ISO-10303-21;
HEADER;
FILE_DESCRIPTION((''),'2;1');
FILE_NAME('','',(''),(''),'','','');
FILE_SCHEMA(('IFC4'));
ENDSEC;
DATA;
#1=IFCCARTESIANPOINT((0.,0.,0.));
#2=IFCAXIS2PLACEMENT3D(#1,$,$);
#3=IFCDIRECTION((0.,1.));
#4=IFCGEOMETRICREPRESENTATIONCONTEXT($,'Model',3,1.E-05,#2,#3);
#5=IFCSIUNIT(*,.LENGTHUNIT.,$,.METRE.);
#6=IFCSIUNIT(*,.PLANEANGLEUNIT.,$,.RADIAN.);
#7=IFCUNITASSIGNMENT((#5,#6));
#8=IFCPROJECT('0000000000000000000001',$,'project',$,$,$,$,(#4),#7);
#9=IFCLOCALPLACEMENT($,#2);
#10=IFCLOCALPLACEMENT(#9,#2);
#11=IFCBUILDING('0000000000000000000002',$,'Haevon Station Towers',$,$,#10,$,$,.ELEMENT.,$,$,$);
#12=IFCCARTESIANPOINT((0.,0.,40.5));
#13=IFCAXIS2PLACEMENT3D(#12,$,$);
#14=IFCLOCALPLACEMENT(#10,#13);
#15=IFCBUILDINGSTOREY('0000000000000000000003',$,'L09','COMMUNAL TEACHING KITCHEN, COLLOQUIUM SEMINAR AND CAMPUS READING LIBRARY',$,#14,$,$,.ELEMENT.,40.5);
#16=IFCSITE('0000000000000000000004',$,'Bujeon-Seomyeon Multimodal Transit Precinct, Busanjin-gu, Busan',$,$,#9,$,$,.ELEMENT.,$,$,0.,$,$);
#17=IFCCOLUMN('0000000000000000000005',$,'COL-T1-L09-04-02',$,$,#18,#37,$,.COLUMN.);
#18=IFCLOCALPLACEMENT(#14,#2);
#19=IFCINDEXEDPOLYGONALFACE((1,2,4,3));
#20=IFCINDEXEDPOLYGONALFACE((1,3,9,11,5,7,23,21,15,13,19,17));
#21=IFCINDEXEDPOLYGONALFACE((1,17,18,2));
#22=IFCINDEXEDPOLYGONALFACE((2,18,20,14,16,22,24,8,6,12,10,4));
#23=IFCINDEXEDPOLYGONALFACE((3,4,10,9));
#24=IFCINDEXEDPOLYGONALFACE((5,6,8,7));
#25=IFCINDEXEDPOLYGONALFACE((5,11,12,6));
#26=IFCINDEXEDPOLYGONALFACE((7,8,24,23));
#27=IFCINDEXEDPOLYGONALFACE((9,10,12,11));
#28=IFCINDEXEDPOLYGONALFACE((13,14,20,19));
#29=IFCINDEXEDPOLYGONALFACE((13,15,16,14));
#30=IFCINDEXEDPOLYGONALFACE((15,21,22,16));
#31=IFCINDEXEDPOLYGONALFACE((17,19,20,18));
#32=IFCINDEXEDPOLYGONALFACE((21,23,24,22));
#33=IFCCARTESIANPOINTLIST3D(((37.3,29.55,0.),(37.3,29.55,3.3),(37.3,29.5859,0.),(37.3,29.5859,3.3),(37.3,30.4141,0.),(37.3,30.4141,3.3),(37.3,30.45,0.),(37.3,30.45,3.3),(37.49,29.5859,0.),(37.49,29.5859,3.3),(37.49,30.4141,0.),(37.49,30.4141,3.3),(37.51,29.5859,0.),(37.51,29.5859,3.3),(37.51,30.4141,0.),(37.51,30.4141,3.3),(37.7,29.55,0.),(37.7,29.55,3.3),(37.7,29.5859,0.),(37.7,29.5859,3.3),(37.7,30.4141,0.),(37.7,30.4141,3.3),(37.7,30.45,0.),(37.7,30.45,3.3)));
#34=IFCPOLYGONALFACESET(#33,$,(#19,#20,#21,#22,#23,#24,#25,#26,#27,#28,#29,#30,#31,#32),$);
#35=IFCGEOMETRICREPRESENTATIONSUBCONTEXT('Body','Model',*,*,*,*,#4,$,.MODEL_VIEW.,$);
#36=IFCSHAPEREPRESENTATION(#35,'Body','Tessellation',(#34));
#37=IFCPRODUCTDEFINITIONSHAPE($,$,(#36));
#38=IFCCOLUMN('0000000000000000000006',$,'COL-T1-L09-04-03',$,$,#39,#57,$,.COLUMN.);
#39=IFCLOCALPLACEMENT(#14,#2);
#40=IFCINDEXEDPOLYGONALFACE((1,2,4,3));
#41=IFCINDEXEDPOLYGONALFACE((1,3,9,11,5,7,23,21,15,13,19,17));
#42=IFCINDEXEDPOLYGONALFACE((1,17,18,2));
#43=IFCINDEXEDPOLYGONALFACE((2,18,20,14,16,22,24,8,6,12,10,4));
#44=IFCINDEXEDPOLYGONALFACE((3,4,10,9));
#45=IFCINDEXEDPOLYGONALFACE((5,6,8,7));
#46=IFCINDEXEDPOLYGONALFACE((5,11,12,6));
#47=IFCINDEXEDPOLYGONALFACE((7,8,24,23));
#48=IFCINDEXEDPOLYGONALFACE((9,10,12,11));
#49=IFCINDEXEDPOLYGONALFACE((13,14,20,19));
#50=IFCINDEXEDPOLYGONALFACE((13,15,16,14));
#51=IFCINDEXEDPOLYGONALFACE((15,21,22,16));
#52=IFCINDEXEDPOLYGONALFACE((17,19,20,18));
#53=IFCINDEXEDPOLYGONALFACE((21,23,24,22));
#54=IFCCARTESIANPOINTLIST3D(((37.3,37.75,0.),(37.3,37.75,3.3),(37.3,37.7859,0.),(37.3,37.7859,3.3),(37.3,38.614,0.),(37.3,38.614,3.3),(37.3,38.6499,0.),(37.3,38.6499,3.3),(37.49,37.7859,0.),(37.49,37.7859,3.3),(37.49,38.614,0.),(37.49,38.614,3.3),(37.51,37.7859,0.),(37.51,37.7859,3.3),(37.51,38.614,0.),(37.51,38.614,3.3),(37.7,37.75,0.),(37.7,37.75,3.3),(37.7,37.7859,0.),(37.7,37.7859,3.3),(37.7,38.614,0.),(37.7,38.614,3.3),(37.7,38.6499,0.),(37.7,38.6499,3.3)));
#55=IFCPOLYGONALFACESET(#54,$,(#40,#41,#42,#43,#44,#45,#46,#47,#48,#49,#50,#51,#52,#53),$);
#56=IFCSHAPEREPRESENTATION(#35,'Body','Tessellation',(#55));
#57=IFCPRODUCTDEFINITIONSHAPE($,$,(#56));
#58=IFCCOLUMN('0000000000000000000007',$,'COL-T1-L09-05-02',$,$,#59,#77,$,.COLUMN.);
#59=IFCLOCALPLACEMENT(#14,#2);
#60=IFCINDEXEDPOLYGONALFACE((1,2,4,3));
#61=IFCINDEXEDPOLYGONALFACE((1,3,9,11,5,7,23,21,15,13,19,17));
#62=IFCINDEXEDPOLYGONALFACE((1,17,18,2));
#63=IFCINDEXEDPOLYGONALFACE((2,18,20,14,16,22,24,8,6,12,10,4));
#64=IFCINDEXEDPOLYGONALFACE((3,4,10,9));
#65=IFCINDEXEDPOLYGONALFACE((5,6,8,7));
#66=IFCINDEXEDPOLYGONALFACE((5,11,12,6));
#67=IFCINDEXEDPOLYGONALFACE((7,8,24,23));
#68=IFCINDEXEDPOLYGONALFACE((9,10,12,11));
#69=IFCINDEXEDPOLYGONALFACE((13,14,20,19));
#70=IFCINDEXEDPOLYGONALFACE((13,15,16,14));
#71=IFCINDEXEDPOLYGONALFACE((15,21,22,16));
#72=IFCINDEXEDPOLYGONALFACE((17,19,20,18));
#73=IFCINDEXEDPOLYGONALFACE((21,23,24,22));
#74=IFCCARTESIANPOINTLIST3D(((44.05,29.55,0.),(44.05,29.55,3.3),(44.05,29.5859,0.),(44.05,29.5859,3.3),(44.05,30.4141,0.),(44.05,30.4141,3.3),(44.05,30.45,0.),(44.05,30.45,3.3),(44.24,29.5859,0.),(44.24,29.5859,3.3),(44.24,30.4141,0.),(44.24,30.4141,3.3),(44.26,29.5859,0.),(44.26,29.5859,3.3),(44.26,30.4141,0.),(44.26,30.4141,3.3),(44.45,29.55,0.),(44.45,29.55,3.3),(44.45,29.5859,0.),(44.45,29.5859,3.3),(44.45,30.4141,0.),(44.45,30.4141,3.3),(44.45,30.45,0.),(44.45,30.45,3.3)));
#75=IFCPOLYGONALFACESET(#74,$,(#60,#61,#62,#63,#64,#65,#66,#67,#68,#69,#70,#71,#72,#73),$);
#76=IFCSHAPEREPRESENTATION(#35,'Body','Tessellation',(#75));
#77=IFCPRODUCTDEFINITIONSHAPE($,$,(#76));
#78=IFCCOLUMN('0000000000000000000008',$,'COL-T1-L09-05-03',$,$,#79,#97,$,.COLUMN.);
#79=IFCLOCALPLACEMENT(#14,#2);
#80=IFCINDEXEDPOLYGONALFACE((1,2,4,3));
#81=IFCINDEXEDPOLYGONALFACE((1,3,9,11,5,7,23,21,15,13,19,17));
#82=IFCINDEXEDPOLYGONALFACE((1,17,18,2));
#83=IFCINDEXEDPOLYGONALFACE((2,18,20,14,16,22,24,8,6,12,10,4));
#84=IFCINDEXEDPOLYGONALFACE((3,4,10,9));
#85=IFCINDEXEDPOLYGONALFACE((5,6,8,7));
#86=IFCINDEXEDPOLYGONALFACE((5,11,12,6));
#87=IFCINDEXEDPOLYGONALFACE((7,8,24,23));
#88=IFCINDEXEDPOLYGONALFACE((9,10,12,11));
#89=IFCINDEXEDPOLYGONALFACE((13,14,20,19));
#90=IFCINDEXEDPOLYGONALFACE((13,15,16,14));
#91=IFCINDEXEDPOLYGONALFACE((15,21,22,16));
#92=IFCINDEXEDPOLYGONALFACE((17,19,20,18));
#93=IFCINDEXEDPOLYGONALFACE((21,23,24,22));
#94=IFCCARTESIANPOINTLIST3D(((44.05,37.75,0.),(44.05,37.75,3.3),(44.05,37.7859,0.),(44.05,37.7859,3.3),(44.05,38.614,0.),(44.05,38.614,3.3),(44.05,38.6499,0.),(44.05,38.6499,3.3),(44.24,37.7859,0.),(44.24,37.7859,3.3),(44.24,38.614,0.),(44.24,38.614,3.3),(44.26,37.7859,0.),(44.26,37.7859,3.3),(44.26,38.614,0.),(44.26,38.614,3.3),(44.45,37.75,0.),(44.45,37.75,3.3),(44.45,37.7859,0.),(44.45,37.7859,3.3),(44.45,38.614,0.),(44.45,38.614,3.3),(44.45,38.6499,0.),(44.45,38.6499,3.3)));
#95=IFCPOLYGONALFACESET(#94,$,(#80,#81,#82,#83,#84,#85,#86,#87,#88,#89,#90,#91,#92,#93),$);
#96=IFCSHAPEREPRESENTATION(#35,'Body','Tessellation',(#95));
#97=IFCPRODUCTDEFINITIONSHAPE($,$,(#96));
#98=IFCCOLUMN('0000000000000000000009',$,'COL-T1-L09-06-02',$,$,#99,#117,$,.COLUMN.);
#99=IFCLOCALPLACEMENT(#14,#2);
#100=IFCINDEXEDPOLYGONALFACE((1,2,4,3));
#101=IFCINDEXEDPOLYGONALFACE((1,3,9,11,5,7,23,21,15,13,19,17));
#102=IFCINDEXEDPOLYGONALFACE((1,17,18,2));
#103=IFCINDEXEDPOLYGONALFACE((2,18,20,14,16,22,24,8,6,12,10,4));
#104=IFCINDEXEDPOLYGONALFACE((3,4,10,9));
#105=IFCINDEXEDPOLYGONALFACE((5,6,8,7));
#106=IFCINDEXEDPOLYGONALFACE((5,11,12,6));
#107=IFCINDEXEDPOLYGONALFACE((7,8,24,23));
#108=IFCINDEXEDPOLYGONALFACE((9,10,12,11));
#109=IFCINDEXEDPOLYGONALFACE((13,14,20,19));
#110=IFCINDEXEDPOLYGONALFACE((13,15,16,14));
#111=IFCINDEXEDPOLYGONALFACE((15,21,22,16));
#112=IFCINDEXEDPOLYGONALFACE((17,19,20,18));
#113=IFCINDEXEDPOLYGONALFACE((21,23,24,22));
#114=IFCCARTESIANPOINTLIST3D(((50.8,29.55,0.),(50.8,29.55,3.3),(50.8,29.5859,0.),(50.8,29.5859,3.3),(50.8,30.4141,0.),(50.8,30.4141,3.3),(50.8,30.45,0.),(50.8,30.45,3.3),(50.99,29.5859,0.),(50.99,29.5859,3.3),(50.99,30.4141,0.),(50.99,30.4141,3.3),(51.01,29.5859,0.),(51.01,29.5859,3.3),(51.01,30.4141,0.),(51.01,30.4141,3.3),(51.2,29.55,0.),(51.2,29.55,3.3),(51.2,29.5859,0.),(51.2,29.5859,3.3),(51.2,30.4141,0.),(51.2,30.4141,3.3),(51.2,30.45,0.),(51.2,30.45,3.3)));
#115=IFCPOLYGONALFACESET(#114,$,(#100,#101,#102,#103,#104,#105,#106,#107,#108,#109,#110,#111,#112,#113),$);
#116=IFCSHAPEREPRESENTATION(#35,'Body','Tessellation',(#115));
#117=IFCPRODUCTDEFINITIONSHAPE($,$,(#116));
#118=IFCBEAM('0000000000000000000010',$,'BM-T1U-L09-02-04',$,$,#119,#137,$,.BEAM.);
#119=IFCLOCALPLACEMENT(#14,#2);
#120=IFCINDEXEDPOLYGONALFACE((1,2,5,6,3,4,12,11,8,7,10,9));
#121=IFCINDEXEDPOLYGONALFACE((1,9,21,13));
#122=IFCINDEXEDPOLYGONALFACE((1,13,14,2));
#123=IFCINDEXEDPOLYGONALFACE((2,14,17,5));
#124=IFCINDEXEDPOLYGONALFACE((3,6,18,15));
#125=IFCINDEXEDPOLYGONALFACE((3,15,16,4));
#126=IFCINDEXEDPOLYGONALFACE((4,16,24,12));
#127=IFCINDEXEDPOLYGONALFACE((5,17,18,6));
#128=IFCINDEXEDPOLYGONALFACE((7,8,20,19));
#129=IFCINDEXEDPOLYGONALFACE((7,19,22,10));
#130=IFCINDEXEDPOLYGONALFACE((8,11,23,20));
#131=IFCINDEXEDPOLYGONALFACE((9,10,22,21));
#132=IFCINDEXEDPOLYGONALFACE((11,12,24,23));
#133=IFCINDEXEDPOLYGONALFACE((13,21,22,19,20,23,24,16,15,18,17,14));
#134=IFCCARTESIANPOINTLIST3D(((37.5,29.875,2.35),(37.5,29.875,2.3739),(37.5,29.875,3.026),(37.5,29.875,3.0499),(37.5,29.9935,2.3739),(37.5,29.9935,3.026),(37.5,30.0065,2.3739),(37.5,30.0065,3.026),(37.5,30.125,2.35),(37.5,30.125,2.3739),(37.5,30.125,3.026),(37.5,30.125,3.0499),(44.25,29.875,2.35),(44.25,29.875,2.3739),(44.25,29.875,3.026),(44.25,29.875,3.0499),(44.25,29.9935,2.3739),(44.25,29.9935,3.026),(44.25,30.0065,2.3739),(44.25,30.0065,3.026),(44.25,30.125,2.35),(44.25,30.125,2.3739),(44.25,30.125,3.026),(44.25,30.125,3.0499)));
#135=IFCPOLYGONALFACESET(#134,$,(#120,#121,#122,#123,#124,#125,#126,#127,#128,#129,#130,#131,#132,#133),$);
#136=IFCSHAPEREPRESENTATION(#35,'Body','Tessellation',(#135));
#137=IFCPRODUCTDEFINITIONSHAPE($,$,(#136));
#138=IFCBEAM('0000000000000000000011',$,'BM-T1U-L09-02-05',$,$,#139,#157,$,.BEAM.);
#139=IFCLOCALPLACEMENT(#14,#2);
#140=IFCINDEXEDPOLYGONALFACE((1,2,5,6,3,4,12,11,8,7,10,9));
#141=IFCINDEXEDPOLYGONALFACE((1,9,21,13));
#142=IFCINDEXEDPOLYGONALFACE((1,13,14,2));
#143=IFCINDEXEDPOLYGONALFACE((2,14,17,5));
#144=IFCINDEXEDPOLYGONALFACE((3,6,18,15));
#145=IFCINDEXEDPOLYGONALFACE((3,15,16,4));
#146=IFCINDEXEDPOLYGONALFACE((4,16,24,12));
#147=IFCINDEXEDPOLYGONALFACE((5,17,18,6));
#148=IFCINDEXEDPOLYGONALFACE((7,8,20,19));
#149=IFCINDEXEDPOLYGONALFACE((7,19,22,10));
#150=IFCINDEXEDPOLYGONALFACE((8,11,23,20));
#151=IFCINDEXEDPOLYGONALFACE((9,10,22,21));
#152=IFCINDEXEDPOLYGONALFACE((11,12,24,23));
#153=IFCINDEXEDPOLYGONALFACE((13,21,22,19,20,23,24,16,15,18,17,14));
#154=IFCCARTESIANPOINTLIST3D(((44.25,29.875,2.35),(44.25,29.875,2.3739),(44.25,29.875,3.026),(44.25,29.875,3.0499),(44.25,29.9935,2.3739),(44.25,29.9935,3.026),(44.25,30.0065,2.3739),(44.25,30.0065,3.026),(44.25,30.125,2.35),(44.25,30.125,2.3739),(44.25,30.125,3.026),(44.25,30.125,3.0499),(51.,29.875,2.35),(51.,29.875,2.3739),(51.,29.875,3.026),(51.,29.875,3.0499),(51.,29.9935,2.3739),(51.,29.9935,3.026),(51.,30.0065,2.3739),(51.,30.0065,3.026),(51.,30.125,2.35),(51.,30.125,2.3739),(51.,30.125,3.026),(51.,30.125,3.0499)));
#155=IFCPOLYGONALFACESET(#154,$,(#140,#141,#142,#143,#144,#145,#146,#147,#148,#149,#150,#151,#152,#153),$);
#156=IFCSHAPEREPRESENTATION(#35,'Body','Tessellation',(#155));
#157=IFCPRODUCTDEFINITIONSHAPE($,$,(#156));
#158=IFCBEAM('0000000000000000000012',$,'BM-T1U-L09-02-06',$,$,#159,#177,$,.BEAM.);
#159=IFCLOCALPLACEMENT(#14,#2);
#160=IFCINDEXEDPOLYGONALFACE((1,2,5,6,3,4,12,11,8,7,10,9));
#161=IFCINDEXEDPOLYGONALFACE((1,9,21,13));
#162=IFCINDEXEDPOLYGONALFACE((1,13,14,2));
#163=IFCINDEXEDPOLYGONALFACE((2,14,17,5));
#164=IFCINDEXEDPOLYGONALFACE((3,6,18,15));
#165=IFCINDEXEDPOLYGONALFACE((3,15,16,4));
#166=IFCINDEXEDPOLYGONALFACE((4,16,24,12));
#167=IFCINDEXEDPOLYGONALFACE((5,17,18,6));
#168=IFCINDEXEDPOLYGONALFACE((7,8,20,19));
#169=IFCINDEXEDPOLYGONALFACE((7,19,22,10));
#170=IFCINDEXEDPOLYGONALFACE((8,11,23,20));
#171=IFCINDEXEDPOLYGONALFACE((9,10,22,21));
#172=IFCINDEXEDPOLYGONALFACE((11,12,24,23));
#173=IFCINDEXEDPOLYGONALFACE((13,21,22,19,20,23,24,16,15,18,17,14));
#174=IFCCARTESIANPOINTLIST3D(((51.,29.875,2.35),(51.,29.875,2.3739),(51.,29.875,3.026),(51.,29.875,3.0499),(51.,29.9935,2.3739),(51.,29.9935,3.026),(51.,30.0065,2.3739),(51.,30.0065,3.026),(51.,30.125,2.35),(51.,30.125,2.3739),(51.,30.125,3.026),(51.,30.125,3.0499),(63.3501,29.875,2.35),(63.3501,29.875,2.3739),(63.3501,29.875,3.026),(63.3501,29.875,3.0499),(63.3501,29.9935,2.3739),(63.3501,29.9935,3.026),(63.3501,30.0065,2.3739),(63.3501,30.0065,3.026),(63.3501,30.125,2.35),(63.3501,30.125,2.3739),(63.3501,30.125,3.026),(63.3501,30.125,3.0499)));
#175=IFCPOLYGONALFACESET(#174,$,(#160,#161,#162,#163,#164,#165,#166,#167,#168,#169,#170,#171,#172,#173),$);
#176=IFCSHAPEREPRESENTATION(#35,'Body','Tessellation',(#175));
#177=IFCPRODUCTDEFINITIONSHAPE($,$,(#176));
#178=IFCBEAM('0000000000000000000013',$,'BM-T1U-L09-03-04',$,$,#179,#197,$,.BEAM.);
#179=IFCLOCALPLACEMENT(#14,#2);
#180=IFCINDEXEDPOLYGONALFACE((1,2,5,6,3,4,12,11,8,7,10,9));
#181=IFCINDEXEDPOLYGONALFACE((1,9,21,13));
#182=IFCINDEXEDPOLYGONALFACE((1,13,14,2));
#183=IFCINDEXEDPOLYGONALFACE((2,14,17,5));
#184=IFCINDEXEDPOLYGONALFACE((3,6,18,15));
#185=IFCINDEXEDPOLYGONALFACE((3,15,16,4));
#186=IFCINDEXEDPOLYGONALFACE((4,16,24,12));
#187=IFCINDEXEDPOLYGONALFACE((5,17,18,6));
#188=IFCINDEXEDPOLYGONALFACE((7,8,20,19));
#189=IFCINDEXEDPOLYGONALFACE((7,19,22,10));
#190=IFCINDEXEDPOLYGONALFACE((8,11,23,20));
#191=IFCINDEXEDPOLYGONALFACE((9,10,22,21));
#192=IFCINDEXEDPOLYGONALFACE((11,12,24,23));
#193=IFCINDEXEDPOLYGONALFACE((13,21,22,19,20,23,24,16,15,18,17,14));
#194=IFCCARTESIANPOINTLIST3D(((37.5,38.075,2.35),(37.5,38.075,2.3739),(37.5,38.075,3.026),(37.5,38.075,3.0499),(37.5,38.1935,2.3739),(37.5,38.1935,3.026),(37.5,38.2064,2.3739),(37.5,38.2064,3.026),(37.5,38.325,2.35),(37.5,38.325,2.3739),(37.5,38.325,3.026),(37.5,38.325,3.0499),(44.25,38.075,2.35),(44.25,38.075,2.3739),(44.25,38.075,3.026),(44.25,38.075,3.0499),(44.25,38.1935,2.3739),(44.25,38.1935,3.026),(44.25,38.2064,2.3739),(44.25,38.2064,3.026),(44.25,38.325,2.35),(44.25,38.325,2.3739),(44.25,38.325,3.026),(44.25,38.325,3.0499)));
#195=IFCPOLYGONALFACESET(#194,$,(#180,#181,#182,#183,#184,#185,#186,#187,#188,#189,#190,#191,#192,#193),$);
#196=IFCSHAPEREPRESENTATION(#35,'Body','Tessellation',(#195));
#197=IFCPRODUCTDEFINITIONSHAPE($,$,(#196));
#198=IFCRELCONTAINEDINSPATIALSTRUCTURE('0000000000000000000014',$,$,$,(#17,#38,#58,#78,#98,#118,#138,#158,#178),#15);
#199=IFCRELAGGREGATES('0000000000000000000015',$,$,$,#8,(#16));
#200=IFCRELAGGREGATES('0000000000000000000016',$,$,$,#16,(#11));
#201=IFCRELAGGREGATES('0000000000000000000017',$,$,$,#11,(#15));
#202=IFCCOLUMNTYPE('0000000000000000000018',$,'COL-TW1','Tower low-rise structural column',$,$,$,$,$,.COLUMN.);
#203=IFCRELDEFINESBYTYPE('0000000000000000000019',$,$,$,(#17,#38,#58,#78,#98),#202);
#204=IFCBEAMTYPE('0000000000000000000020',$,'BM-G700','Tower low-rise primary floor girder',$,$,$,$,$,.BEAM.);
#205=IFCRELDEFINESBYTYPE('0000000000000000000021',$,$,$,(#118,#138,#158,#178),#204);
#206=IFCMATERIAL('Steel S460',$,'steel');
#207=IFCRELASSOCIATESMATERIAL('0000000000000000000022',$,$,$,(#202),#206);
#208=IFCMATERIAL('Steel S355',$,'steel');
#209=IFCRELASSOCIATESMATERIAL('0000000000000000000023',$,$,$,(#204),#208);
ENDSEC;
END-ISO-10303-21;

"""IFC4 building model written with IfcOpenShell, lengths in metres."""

from ifc_helpers import new_model, si_unit, direction, frame, origin, origin_2d, place, context, subcontext, project, spatial, i_section, extrude, material, material_profile, profile_set, type_object, element, save


model = new_model("IFC4")

# Units and contexts
model_context = context("Model", 3, precision=1e-05, world=origin(), true_north=direction((0.0, 1.0)))
body_context = subcontext(model_context, "Body", "Model", "MODEL_VIEW")
ifc_project = project(units=[si_unit("LENGTHUNIT", "METRE"), si_unit("PLANEANGLEUNIT", "RADIAN")], contexts=[model_context])

# Site, building, storey
site_placement = place(None, origin())
site = spatial("IfcSite", under=ifc_project, at=site_placement, Name="Bujeon-Seomyeon Multimodal Transit Precinct, Busanjin-gu, Busan", CompositionType="ELEMENT", RefElevation=0.0)
building_placement = place(site_placement, origin())
building = spatial("IfcBuilding", under=site, at=building_placement, Name="Haevon Station Towers", CompositionType="ELEMENT")
storey_placement = place(building_placement, frame((0.0, 0.0, 40.5)))
storey = spatial("IfcBuildingStorey", under=building, at=storey_placement, Name="L09", Description="COMMUNAL TEACHING KITCHEN, COLLOQUIUM SEMINAR AND CAMPUS READING LIBRARY", CompositionType="ELEMENT", Elevation=40.5)

# Columns
ifc_material_1 = material(Name="Steel S460", Category="steel")
ifc_material_profile_1 = material_profile(ifc_material_1, i_section(OverallWidth=0.3999, OverallDepth=0.8999, WebThickness=0.02, FlangeThickness=0.0359, at=origin_2d()), Name="H-900x400x20x36")
ifc_profile_set_1 = profile_set([ifc_material_profile_1], Name="Steel S460")
column_type = type_object("IfcColumnType", Name="COL-TW1", Description="Tower low-rise structural column", PredefinedType="COLUMN", material=ifc_profile_set_1)
for number, where, z_axis, x_axis, name in (
    (1, (37.5, 30.0, 0.0), (0.0, 0.0, 1.0), (1.0, 0.0, 0.0), "COL-T1-L09-04-02"),
    (2, (37.5, 38.2, 0.0), (0.0, 0.0, 1.0), (1.0, 0.0, 0.0), "COL-T1-L09-04-03"),
    (3, (44.25, 30.0, 0.0), (0.0, 0.0, 1.0), (1.0, 0.0, 0.0), "COL-T1-L09-05-02"),
    (4, (44.25, 38.2, 0.0), (0.0, 0.0, 1.0), (1.0, 0.0, 0.0), "COL-T1-L09-05-03"),
    (5, (51.0, 30.0, 0.0), (0.0, 0.0, 1.0), (1.0, 0.0, 0.0), "COL-T1-L09-06-02"),
):
    element("IfcColumn", number, at=place(storey_placement, frame(where, z_axis=z_axis, x_axis=x_axis)), inside=storey, type_object=column_type, Name=name, PredefinedType="COLUMN", context=body_context, shape_type="SweptSolid", body=[
        extrude(i_section(OverallWidth=0.3999, OverallDepth=0.8999, WebThickness=0.02, FlangeThickness=0.0359, at=origin_2d()), origin(), (0.0, 0.0, 1.0), 3.3),
    ])

# Beams
ifc_material_2 = material(Name="Steel S355", Category="steel")
ifc_material_profile_2 = material_profile(ifc_material_2, i_section(OverallWidth=0.25, OverallDepth=0.7, WebThickness=0.0129, FlangeThickness=0.0239, at=origin_2d()), Name="H-700x250x13x24")
ifc_profile_set_2 = profile_set([ifc_material_profile_2], Name="Steel S355")
beam_type_1 = type_object("IfcBeamType", Name="BM-G700", Description="Tower low-rise primary floor girder", PredefinedType="BEAM", material=ifc_profile_set_2)
for number, where, z_axis, x_axis, name in (
    (6, (37.5, 30.0, 2.7), (1.0, 0.0, 0.0), (0.0, 1.0, 0.0), "BM-T1U-L09-02-04"),
    (7, (44.25, 30.0, 2.7), (1.0, 0.0, 0.0), (0.0, 1.0, 0.0), "BM-T1U-L09-02-05"),
):
    element("IfcBeam", number, at=place(storey_placement, frame(where, z_axis=z_axis, x_axis=x_axis)), inside=storey, type_object=beam_type_1, Name=name, PredefinedType="BEAM", context=body_context, shape_type="SweptSolid", body=[
        extrude(i_section(OverallWidth=0.25, OverallDepth=0.7, WebThickness=0.0129, FlangeThickness=0.0239, at=origin_2d()), origin(), (0.0, 0.0, 1.0), 6.75),
    ])
beam_1_placement = place(storey_placement, frame((51.0, 30.0, 2.7), z_axis=(1.0, 0.0, 0.0), x_axis=(0.0, 1.0, 0.0)))
element("IfcBeam", 8, at=beam_1_placement, inside=storey, type_object=beam_type_1, Name="BM-T1U-L09-02-06", PredefinedType="BEAM", context=body_context, shape_type="SweptSolid", body=[
    extrude(i_section(OverallWidth=0.25, OverallDepth=0.7, WebThickness=0.0129, FlangeThickness=0.0239, at=origin_2d()), origin(), (0.0, 0.0, 1.0), 12.3501),
])
for number, where, z_axis, x_axis, name in (
    (9, (37.5, 38.2, 2.7), (1.0, 0.0, 0.0), (0.0, 1.0, 0.0), "BM-T1U-L09-03-04"),
):
    element("IfcBeam", number, at=place(storey_placement, frame(where, z_axis=z_axis, x_axis=x_axis)), inside=storey, type_object=beam_type_1, Name=name, PredefinedType="BEAM", context=body_context, shape_type="SweptSolid", body=[
        extrude(i_section(OverallWidth=0.25, OverallDepth=0.7, WebThickness=0.0129, FlangeThickness=0.0239, at=origin_2d()), origin(), (0.0, 0.0, 1.0), 6.75),
    ])

save(model, "model.ifc")
